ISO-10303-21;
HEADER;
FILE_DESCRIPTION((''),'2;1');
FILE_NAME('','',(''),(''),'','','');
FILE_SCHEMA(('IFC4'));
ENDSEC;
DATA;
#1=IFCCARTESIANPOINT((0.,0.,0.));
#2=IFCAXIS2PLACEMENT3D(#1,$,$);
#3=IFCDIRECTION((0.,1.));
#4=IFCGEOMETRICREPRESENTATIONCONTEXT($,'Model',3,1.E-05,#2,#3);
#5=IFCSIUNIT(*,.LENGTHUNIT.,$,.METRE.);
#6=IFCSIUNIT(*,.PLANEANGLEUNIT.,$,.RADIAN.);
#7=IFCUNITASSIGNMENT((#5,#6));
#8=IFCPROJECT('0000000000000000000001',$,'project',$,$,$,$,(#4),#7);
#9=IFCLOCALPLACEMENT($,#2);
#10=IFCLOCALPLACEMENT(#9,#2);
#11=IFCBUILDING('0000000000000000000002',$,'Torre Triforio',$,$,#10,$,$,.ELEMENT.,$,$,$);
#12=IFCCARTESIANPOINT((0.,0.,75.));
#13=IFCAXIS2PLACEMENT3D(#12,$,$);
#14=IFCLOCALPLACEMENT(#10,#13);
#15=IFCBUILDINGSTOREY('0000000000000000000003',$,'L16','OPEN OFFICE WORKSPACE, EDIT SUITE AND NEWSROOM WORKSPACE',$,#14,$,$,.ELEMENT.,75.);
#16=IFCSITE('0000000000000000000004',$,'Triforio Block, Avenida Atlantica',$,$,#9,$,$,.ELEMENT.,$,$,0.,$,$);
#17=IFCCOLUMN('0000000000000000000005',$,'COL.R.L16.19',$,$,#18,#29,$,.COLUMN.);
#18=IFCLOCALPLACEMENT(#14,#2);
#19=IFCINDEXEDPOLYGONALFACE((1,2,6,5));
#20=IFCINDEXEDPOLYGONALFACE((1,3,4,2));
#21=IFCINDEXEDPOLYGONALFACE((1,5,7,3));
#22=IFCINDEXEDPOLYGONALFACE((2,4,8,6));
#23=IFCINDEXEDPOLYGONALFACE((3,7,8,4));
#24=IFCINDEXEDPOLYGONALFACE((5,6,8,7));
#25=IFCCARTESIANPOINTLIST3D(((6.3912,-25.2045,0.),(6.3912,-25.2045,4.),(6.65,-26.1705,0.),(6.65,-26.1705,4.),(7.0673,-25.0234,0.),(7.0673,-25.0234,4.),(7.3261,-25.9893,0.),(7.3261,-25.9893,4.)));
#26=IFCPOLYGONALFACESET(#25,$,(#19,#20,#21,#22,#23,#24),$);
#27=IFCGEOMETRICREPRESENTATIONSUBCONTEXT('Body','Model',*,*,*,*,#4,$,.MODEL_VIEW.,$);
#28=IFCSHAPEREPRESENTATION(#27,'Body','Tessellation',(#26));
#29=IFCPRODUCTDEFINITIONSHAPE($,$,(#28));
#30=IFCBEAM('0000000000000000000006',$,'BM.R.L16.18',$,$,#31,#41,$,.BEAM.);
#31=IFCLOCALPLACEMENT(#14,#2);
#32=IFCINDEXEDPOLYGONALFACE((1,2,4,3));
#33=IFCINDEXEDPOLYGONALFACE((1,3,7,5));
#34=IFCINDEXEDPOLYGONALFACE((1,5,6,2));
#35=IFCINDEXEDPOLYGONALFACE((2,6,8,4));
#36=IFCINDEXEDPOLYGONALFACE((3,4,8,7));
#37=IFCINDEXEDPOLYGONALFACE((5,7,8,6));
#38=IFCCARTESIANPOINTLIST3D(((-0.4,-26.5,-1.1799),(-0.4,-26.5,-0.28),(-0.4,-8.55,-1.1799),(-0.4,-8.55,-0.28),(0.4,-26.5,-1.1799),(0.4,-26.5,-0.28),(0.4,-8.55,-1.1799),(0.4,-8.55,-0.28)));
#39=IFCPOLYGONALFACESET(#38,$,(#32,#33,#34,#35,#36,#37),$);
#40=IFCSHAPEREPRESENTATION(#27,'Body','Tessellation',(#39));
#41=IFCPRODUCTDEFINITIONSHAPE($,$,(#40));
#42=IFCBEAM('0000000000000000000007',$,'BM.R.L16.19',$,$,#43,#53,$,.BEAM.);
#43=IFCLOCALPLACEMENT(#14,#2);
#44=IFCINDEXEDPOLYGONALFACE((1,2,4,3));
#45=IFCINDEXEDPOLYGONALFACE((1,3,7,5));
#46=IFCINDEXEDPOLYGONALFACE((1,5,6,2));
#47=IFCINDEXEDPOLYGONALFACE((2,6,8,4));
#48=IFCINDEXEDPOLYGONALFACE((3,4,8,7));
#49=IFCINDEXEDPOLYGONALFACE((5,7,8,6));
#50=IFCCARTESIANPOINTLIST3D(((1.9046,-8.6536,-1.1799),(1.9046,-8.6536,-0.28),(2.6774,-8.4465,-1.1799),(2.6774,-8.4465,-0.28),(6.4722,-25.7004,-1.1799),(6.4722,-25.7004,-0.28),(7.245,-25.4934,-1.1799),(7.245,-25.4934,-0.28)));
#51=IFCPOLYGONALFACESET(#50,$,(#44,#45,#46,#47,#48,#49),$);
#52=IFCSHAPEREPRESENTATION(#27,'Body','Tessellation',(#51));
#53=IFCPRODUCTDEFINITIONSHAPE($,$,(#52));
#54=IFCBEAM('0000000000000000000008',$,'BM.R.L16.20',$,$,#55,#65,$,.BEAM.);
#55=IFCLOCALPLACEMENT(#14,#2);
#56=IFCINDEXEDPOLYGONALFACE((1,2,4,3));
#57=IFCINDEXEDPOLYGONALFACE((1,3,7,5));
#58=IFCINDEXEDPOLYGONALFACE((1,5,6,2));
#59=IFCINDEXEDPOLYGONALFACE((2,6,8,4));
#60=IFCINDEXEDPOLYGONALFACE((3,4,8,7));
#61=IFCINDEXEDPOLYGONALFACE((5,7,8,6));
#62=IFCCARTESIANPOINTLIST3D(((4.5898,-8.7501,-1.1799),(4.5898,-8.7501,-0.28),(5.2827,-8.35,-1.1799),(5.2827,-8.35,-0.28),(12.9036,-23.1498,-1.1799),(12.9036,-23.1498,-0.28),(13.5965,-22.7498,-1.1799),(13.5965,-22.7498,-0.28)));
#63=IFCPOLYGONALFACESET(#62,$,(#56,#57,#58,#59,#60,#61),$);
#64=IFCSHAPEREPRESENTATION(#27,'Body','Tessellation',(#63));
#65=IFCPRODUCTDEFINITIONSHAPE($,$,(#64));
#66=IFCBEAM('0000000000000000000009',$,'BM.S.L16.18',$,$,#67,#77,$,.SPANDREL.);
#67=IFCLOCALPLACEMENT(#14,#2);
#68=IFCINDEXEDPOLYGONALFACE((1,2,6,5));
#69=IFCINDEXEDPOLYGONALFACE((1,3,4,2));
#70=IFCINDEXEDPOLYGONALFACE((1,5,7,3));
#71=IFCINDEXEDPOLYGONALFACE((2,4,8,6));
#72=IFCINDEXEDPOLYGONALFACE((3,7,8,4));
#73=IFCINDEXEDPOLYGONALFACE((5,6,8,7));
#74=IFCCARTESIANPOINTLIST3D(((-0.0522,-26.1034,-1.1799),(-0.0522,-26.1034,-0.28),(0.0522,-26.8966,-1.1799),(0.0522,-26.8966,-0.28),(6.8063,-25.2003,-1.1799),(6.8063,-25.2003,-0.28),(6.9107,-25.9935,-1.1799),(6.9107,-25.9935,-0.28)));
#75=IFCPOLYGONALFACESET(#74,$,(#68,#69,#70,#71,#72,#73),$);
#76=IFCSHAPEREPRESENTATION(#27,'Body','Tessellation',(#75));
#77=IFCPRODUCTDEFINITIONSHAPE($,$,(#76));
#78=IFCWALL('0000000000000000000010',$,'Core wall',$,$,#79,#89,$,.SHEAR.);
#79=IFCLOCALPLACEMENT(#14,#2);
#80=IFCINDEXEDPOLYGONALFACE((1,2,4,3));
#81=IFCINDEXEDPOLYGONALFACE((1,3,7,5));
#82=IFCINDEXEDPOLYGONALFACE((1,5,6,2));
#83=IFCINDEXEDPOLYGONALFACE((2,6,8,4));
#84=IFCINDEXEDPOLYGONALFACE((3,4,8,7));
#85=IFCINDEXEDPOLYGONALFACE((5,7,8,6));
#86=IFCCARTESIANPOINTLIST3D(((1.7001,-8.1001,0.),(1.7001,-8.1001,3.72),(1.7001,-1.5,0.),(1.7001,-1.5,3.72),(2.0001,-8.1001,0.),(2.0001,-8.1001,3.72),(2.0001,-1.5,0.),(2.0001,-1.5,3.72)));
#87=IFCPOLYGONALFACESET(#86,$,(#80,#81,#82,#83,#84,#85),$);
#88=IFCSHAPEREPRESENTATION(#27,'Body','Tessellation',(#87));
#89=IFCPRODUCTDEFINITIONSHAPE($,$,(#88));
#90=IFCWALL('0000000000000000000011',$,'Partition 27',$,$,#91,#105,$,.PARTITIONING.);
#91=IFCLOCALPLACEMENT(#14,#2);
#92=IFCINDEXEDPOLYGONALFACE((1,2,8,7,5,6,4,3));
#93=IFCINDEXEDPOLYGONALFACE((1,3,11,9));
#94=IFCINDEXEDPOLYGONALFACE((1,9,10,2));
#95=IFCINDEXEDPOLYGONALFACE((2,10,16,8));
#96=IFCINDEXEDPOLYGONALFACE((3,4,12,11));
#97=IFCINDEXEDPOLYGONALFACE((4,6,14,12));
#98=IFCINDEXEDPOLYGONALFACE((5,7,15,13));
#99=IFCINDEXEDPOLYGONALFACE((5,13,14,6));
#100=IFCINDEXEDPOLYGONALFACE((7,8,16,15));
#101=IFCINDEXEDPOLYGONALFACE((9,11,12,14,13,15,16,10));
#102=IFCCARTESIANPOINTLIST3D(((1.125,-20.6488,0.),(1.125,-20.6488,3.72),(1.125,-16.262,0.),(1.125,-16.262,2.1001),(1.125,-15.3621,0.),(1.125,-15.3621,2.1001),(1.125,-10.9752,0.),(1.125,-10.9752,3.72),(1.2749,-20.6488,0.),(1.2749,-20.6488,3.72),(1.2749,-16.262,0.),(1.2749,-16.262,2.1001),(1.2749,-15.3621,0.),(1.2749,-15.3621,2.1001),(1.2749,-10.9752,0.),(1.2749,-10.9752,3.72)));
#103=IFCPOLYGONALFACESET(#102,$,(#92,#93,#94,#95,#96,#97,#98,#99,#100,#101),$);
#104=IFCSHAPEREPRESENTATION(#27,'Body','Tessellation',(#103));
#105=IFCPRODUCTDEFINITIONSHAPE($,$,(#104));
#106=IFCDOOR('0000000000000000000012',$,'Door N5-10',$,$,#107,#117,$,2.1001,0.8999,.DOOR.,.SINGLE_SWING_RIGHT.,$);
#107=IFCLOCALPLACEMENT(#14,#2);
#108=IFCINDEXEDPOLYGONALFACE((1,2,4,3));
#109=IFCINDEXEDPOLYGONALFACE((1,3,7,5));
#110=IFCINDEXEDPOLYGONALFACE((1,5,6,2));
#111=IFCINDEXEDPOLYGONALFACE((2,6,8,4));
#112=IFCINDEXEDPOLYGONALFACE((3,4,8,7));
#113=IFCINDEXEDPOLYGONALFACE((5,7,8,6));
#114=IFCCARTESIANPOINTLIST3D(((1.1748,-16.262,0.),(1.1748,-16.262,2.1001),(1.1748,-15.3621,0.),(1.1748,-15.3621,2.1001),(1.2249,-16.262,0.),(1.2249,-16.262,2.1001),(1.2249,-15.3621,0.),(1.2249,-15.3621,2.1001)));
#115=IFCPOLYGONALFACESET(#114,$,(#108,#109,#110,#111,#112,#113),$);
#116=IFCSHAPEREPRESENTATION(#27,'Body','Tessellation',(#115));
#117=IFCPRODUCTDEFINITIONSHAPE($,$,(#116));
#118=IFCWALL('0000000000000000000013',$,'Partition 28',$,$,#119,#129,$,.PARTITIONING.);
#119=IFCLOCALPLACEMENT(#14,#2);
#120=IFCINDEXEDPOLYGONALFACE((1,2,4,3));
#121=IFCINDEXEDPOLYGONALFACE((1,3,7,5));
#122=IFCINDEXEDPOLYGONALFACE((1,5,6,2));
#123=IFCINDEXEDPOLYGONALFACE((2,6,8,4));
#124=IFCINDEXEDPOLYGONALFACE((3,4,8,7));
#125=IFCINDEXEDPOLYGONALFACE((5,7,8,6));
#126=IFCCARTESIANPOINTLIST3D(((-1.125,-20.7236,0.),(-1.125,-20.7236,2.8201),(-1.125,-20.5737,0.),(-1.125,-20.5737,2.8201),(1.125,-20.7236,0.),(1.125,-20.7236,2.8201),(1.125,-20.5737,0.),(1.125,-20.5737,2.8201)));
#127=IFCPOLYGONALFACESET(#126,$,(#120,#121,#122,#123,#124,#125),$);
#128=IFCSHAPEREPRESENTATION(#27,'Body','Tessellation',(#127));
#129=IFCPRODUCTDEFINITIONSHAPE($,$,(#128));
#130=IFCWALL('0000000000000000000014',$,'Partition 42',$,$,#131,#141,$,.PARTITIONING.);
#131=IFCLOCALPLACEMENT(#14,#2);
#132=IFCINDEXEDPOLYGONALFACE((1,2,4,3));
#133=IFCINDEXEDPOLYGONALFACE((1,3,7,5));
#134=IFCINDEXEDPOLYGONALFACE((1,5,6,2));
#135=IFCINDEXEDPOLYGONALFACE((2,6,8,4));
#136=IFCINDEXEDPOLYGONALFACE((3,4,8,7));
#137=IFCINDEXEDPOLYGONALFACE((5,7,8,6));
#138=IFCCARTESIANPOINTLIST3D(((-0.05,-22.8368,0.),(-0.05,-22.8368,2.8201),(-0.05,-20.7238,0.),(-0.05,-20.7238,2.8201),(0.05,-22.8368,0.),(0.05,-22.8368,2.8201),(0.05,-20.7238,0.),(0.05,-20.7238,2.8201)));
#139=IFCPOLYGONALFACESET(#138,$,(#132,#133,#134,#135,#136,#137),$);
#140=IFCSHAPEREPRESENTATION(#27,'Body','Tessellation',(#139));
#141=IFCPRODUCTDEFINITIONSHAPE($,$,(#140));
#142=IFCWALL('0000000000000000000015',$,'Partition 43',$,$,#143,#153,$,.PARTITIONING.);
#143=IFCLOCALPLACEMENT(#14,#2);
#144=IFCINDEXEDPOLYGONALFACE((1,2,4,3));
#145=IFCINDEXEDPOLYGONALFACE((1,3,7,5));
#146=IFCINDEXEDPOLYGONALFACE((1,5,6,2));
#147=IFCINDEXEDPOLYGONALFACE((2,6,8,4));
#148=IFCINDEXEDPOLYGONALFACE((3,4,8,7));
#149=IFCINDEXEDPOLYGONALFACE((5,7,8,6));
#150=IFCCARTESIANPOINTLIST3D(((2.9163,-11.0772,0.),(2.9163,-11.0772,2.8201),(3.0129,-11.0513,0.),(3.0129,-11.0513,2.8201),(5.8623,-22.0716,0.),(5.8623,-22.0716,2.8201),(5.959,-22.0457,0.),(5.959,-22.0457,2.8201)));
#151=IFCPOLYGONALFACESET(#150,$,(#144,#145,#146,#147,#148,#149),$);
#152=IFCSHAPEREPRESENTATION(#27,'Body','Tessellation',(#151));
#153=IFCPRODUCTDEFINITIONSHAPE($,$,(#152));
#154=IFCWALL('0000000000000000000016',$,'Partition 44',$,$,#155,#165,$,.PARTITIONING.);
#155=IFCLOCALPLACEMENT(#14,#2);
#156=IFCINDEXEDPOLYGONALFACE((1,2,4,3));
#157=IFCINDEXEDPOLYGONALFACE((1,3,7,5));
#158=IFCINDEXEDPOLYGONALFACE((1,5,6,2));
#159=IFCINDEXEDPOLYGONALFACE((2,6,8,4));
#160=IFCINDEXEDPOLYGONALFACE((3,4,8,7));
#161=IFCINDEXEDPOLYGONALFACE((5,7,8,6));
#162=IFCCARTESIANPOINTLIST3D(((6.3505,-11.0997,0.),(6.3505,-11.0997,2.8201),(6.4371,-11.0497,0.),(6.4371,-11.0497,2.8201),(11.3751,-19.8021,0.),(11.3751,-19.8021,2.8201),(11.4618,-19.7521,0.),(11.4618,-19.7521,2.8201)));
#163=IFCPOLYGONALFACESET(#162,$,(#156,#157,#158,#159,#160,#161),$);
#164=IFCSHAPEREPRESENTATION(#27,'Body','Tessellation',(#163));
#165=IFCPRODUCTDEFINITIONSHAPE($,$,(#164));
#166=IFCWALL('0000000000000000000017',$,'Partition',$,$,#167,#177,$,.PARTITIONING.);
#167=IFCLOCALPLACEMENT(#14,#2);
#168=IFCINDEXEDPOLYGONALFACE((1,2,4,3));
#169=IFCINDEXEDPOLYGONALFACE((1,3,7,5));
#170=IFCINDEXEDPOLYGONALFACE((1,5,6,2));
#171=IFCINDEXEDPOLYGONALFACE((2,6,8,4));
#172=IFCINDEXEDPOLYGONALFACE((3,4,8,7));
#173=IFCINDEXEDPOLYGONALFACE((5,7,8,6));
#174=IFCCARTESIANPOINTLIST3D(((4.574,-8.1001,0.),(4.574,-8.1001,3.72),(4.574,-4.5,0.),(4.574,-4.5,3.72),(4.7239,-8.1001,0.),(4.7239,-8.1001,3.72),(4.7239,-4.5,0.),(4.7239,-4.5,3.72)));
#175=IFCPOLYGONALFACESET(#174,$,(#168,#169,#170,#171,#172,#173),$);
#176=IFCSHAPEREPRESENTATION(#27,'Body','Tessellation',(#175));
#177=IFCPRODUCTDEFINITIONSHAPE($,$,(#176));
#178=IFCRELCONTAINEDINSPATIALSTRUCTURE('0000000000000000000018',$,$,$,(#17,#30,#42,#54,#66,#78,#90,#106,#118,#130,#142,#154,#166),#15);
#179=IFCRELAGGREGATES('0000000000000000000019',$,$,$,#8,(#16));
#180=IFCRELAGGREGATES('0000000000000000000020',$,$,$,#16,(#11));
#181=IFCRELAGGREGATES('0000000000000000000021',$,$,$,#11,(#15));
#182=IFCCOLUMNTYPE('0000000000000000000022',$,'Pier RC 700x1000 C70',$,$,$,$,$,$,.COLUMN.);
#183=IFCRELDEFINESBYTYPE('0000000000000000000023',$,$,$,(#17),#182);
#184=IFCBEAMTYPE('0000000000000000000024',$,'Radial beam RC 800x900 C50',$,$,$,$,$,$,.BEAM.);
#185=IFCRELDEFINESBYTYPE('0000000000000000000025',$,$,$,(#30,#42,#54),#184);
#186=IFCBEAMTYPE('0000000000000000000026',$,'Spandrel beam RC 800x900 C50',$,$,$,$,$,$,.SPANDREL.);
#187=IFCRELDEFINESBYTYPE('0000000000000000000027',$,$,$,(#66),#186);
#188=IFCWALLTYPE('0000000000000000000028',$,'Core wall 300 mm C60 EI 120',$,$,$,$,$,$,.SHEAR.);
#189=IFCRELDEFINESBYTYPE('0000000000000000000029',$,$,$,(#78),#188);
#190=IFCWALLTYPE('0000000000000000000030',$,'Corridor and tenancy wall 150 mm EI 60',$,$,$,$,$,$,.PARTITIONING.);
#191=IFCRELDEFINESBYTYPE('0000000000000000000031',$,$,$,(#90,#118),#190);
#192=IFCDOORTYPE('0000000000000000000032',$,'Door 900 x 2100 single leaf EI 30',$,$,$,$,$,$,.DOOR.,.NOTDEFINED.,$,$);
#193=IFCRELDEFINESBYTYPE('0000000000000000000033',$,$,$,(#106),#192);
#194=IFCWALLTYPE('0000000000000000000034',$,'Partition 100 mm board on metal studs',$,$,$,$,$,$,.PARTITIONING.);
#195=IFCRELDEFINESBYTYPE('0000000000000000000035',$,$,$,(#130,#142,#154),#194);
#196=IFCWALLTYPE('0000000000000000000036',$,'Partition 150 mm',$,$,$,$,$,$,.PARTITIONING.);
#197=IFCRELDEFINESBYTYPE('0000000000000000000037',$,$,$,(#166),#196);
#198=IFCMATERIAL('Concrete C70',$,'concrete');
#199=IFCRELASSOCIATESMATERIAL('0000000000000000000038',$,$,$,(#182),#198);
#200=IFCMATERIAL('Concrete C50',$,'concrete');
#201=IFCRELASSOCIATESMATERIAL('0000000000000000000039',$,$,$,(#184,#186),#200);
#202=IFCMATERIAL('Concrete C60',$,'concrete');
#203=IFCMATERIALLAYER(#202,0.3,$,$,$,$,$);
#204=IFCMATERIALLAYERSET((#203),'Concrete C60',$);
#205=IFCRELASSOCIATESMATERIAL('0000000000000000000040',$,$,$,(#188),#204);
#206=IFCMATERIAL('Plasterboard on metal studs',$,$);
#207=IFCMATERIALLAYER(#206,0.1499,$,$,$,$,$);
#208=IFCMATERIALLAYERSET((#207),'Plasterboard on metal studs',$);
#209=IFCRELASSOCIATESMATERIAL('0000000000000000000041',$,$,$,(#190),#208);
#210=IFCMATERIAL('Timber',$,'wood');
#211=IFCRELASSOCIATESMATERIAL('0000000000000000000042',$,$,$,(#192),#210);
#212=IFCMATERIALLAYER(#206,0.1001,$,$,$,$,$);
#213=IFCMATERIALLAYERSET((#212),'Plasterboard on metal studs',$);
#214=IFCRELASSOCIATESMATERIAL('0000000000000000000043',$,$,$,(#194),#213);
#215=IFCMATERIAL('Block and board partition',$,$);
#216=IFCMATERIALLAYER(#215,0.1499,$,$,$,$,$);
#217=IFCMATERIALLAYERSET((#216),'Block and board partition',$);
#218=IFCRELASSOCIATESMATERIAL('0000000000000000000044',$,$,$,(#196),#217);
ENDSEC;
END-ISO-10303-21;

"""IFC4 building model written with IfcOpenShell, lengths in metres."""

from ifc_helpers import new_model, si_unit, direction, frame, frame_2d, origin, origin_2d, place, context, subcontext, project, spatial, rectangle, extrude, material, layer, layer_set, material_profile, profile_set, type_object, element, fill, save


model = new_model("IFC4")

# Units and contexts
model_context = context("Model", 3, precision=1e-05, world=origin(), true_north=direction((0.0, 1.0)))
body_context = subcontext(model_context, "Body", "Model", "MODEL_VIEW")
ifc_project = project(units=[si_unit("LENGTHUNIT", "METRE"), si_unit("PLANEANGLEUNIT", "RADIAN")], contexts=[model_context])

# Site, building, storey
site_placement = place(None, origin())
site = spatial("IfcSite", under=ifc_project, at=site_placement, Name="Triforio Block, Avenida Atlantica", CompositionType="ELEMENT", RefElevation=0.0)
building_placement = place(site_placement, origin())
building = spatial("IfcBuilding", under=site, at=building_placement, Name="Torre Triforio", CompositionType="ELEMENT")
storey_placement = place(building_placement, frame((0.0, 0.0, 75.0)))
storey = spatial("IfcBuildingStorey", under=building, at=storey_placement, Name="L16", Description="OPEN OFFICE WORKSPACE, EDIT SUITE AND NEWSROOM WORKSPACE", CompositionType="ELEMENT", Elevation=75.0)

# Column
ifc_material_1 = material(Name="Concrete C70", Category="concrete")
ifc_material_profile_1 = material_profile(ifc_material_1, rectangle(XDim=0.7, YDim=1.0, at=origin_2d()), Name="RC 700x1000")
ifc_profile_set_1 = profile_set([ifc_material_profile_1], Name="Concrete C70")
column_type = type_object("IfcColumnType", Name="Pier RC 700x1000 C70", PredefinedType="COLUMN", material=ifc_profile_set_1)
column_placement = place(storey_placement, frame((6.8586, -25.5969, 0.0), z_axis=(0.0, 0.0, 1.0), x_axis=(0.965926, 0.258819, 0.0)))
element("IfcColumn", 1, at=column_placement, inside=storey, type_object=column_type, Name="COL.R.L16.19", PredefinedType="COLUMN", context=body_context, shape_type="SweptSolid", body=[
    extrude(rectangle(XDim=0.7, YDim=1.0, at=origin_2d()), origin(), (0.0, 0.0, 1.0), 4.0),
])

# Beams
ifc_material_2 = material(Name="Concrete C50", Category="concrete")
ifc_material_profile_2 = material_profile(ifc_material_2, rectangle(XDim=0.8, YDim=0.8999, at=origin_2d()), Name="RC 800x900")
ifc_profile_set_2 = profile_set([ifc_material_profile_2], Name="Concrete C50")
beam_type_1 = type_object("IfcBeamType", Name="Radial beam RC 800x900 C50", PredefinedType="BEAM", material=ifc_profile_set_2)
beam_1_placement = place(storey_placement, frame((0.0, -8.55, -0.73), z_axis=(0.0, -1.0, 0.0), x_axis=(1.0, 0.0, 0.0)))
element("IfcBeam", 2, at=beam_1_placement, inside=storey, type_object=beam_type_1, Name="BM.R.L16.18", PredefinedType="BEAM", context=body_context, shape_type="SweptSolid", body=[
    extrude(rectangle(XDim=0.8, YDim=0.8999, at=origin_2d()), origin(), (0.0, 0.0, 1.0), 17.95),
])
beam_2_placement = place(storey_placement, frame((2.291, -8.55, -0.73), z_axis=(0.258815, -0.965927, 0.0), x_axis=(0.965927, 0.258815, 0.0)))
element("IfcBeam", 3, at=beam_2_placement, inside=storey, type_object=beam_type_1, Name="BM.R.L16.19", PredefinedType="BEAM", context=body_context, shape_type="SweptSolid", body=[
    extrude(rectangle(XDim=0.8, YDim=0.8999, at=origin_2d()), origin(), (0.0, 0.0, 1.0), 17.6482),
])
beam_3_placement = place(storey_placement, frame((4.9363, -8.55, -0.73), z_axis=(0.500003, -0.866023, 0.0), x_axis=(0.866023, 0.500003, 0.0)))
element("IfcBeam", 4, at=beam_3_placement, inside=storey, type_object=beam_type_1, Name="BM.R.L16.20", PredefinedType="BEAM", context=body_context, shape_type="SweptSolid", body=[
    extrude(rectangle(XDim=0.8, YDim=0.8999, at=origin_2d()), origin(), (0.0, 0.0, 1.0), 16.6274),
])
ifc_material_profile_3 = material_profile(ifc_material_2, rectangle(XDim=0.8, YDim=0.8999, at=origin_2d()), Name="RC 800x900")
ifc_profile_set_3 = profile_set([ifc_material_profile_3], Name="Concrete C50")
beam_type_2 = type_object("IfcBeamType", Name="Spandrel beam RC 800x900 C50", PredefinedType="SPANDREL", material=ifc_profile_set_3)
beam_4_placement = place(storey_placement, frame((0.0, -26.5, -0.73), z_axis=(0.991443, 0.130543, 0.0), x_axis=(-0.130543, 0.991443, 0.0)))
element("IfcBeam", 5, at=beam_4_placement, inside=storey, type_object=beam_type_2, Name="BM.S.L16.18", PredefinedType="SPANDREL", context=body_context, shape_type="SweptSolid", body=[
    extrude(rectangle(XDim=0.8, YDim=0.8999, at=origin_2d()), origin(), (0.0, 0.0, 1.0), 6.9177),
])

# Wall
ifc_material_3 = material(Name="Concrete C60", Category="concrete")
ifc_layer_1 = layer(ifc_material_3, 0.3)
ifc_layer_set_1 = layer_set([ifc_layer_1], Name="Concrete C60")
wall_type_1 = type_object("IfcWallType", Name="Core wall 300 mm C60 EI 120", PredefinedType="SHEAR", material=ifc_layer_set_1)
wall_1_placement = place(storey_placement, frame((1.8501, -8.1001, 0.0), z_axis=(0.0, 0.0, 1.0), x_axis=(0.0, 1.0, 0.0)))
element("IfcWall", 6, at=wall_1_placement, inside=storey, type_object=wall_type_1, Name="Core wall", PredefinedType="SHEAR", context=body_context, shape_type="SweptSolid", body=[
    extrude(rectangle(XDim=6.6001, YDim=0.3, at=frame_2d((3.3, 0.0))), origin(), (0.0, 0.0, 1.0), 3.72),
])

# Wall, opening, door
ifc_material_4 = material(Name="Plasterboard on metal studs")
ifc_layer_2 = layer(ifc_material_4, 0.1499)
ifc_layer_set_2 = layer_set([ifc_layer_2], Name="Plasterboard on metal studs")
wall_type_2 = type_object("IfcWallType", Name="Corridor and tenancy wall 150 mm EI 60", PredefinedType="PARTITIONING", material=ifc_layer_set_2)
wall_2_placement = place(storey_placement, frame((1.2, -10.9751, 0.0), z_axis=(0.0, 0.0, 1.0), x_axis=(0.0, -1.0, 0.0)))
wall_2 = element("IfcWall", 7, at=wall_2_placement, inside=storey, type_object=wall_type_2, Name="Partition 27", PredefinedType="PARTITIONING", context=body_context, shape_type="SweptSolid", body=[
    extrude(rectangle(XDim=9.6736, YDim=0.1499, at=frame_2d((4.8369, 0.0))), origin(), (0.0, 0.0, 1.0), 3.72),
])
opening_1_placement = place(wall_2_placement, frame((4.387, 0.0, 0.0)))
opening_1 = element("IfcOpeningElement", 8, at=opening_1_placement, cuts=wall_2, PredefinedType="OPENING", context=body_context, shape_type="SweptSolid", body=[
    extrude(rectangle(XDim=0.8999, YDim=2.1001, at=frame_2d((0.45, 1.05))), frame((0.0, 0.085, 0.0), z_axis=(0.0, -1.0, 0.0), x_axis=(1.0, 0.0, 0.0)), (0.0, 0.0, 1.0), 0.1699),
])
ifc_material_5 = material(Name="Timber", Category="wood")
door_type_1 = type_object("IfcDoorType", Name="Door 900 x 2100 single leaf EI 30", OperationType="NOTDEFINED", PredefinedType="DOOR", material=ifc_material_5)
door_1_placement = place(opening_1_placement, origin())
door_1 = element("IfcDoor", 9, at=door_1_placement, inside=storey, type_object=door_type_1, Name="Door N5-10", OperationType="SINGLE_SWING_RIGHT", OverallHeight=2.1001, OverallWidth=0.8999, PredefinedType="DOOR", context=body_context, shape_type="SweptSolid", body=[
    extrude(rectangle(XDim=0.8999, YDim=2.1001, at=frame_2d((0.45, 1.05))), frame((0.0, 0.0249, 0.0), z_axis=(0.0, -1.0, 0.0), x_axis=(1.0, 0.0, 0.0)), (0.0, 0.0, 1.0), 0.05),
])
fill(opening_1, door_1)

# Walls
wall_3_placement = place(storey_placement, frame((1.125, -20.6487, 0.0), z_axis=(0.0, 0.0, 1.0), x_axis=(-1.0, 0.0, 0.0)))
element("IfcWall", 10, at=wall_3_placement, inside=storey, type_object=wall_type_2, Name="Partition 28", PredefinedType="PARTITIONING", context=body_context, shape_type="SweptSolid", body=[
    extrude(rectangle(XDim=2.25, YDim=0.1499, at=frame_2d((1.125, 0.0))), origin(), (0.0, 0.0, 1.0), 2.8201),
])
ifc_layer_3 = layer(ifc_material_4, 0.1001)
ifc_layer_set_3 = layer_set([ifc_layer_3], Name="Plasterboard on metal studs")
wall_type_3 = type_object("IfcWallType", Name="Partition 100 mm board on metal studs", PredefinedType="PARTITIONING", material=ifc_layer_set_3)
wall_4_placement = place(storey_placement, frame((0.0, -20.7236, 0.0), z_axis=(0.0, 0.0, 1.0), x_axis=(0.0, -1.0, 0.0)))
element("IfcWall", 11, at=wall_4_placement, inside=storey, type_object=wall_type_3, Name="Partition 42", PredefinedType="PARTITIONING", context=body_context, shape_type="SweptSolid", body=[
    extrude(rectangle(XDim=2.113, YDim=0.1001, at=frame_2d((1.0566, 0.0))), origin(), (0.0, 0.0, 1.0), 2.8201),
])
wall_5_placement = place(storey_placement, frame((2.9646, -11.0642, 0.0), z_axis=(0.0, 0.0, 1.0), x_axis=(0.258828, -0.965923, 0.0)))
element("IfcWall", 12, at=wall_5_placement, inside=storey, type_object=wall_type_3, Name="Partition 43", PredefinedType="PARTITIONING", context=body_context, shape_type="SweptSolid", body=[
    extrude(rectangle(XDim=11.3823, YDim=0.1001, at=frame_2d((5.6912, 0.0))), origin(), (0.0, 0.0, 1.0), 2.8201),
])
wall_6_placement = place(storey_placement, frame((6.3938, -11.0747, 0.0), z_axis=(0.0, 0.0, 1.0), x_axis=(0.500025, -0.866011, 0.0)))
element("IfcWall", 13, at=wall_6_placement, inside=storey, type_object=wall_type_3, Name="Partition 44", PredefinedType="PARTITIONING", context=body_context, shape_type="SweptSolid", body=[
    extrude(rectangle(XDim=10.0488, YDim=0.1001, at=frame_2d((5.0244, 0.0))), origin(), (0.0, 0.0, 1.0), 2.8201),
])
ifc_material_6 = material(Name="Block and board partition")
ifc_layer_4 = layer(ifc_material_6, 0.1499)
ifc_layer_set_4 = layer_set([ifc_layer_4], Name="Block and board partition")
wall_type_4 = type_object("IfcWallType", Name="Partition 150 mm", PredefinedType="PARTITIONING", material=ifc_layer_set_4)
wall_7_placement = place(storey_placement, frame((4.6489, -8.1001, 0.0), z_axis=(0.0, 0.0, 1.0), x_axis=(0.0, 1.0, 0.0)))
element("IfcWall", 14, at=wall_7_placement, inside=storey, type_object=wall_type_4, Name="Partition", PredefinedType="PARTITIONING", context=body_context, shape_type="SweptSolid", body=[
    extrude(rectangle(XDim=3.6001, YDim=0.1499, at=frame_2d((1.8, 0.0))), origin(), (0.0, 0.0, 1.0), 3.72),
])

save(model, "model.ifc")
